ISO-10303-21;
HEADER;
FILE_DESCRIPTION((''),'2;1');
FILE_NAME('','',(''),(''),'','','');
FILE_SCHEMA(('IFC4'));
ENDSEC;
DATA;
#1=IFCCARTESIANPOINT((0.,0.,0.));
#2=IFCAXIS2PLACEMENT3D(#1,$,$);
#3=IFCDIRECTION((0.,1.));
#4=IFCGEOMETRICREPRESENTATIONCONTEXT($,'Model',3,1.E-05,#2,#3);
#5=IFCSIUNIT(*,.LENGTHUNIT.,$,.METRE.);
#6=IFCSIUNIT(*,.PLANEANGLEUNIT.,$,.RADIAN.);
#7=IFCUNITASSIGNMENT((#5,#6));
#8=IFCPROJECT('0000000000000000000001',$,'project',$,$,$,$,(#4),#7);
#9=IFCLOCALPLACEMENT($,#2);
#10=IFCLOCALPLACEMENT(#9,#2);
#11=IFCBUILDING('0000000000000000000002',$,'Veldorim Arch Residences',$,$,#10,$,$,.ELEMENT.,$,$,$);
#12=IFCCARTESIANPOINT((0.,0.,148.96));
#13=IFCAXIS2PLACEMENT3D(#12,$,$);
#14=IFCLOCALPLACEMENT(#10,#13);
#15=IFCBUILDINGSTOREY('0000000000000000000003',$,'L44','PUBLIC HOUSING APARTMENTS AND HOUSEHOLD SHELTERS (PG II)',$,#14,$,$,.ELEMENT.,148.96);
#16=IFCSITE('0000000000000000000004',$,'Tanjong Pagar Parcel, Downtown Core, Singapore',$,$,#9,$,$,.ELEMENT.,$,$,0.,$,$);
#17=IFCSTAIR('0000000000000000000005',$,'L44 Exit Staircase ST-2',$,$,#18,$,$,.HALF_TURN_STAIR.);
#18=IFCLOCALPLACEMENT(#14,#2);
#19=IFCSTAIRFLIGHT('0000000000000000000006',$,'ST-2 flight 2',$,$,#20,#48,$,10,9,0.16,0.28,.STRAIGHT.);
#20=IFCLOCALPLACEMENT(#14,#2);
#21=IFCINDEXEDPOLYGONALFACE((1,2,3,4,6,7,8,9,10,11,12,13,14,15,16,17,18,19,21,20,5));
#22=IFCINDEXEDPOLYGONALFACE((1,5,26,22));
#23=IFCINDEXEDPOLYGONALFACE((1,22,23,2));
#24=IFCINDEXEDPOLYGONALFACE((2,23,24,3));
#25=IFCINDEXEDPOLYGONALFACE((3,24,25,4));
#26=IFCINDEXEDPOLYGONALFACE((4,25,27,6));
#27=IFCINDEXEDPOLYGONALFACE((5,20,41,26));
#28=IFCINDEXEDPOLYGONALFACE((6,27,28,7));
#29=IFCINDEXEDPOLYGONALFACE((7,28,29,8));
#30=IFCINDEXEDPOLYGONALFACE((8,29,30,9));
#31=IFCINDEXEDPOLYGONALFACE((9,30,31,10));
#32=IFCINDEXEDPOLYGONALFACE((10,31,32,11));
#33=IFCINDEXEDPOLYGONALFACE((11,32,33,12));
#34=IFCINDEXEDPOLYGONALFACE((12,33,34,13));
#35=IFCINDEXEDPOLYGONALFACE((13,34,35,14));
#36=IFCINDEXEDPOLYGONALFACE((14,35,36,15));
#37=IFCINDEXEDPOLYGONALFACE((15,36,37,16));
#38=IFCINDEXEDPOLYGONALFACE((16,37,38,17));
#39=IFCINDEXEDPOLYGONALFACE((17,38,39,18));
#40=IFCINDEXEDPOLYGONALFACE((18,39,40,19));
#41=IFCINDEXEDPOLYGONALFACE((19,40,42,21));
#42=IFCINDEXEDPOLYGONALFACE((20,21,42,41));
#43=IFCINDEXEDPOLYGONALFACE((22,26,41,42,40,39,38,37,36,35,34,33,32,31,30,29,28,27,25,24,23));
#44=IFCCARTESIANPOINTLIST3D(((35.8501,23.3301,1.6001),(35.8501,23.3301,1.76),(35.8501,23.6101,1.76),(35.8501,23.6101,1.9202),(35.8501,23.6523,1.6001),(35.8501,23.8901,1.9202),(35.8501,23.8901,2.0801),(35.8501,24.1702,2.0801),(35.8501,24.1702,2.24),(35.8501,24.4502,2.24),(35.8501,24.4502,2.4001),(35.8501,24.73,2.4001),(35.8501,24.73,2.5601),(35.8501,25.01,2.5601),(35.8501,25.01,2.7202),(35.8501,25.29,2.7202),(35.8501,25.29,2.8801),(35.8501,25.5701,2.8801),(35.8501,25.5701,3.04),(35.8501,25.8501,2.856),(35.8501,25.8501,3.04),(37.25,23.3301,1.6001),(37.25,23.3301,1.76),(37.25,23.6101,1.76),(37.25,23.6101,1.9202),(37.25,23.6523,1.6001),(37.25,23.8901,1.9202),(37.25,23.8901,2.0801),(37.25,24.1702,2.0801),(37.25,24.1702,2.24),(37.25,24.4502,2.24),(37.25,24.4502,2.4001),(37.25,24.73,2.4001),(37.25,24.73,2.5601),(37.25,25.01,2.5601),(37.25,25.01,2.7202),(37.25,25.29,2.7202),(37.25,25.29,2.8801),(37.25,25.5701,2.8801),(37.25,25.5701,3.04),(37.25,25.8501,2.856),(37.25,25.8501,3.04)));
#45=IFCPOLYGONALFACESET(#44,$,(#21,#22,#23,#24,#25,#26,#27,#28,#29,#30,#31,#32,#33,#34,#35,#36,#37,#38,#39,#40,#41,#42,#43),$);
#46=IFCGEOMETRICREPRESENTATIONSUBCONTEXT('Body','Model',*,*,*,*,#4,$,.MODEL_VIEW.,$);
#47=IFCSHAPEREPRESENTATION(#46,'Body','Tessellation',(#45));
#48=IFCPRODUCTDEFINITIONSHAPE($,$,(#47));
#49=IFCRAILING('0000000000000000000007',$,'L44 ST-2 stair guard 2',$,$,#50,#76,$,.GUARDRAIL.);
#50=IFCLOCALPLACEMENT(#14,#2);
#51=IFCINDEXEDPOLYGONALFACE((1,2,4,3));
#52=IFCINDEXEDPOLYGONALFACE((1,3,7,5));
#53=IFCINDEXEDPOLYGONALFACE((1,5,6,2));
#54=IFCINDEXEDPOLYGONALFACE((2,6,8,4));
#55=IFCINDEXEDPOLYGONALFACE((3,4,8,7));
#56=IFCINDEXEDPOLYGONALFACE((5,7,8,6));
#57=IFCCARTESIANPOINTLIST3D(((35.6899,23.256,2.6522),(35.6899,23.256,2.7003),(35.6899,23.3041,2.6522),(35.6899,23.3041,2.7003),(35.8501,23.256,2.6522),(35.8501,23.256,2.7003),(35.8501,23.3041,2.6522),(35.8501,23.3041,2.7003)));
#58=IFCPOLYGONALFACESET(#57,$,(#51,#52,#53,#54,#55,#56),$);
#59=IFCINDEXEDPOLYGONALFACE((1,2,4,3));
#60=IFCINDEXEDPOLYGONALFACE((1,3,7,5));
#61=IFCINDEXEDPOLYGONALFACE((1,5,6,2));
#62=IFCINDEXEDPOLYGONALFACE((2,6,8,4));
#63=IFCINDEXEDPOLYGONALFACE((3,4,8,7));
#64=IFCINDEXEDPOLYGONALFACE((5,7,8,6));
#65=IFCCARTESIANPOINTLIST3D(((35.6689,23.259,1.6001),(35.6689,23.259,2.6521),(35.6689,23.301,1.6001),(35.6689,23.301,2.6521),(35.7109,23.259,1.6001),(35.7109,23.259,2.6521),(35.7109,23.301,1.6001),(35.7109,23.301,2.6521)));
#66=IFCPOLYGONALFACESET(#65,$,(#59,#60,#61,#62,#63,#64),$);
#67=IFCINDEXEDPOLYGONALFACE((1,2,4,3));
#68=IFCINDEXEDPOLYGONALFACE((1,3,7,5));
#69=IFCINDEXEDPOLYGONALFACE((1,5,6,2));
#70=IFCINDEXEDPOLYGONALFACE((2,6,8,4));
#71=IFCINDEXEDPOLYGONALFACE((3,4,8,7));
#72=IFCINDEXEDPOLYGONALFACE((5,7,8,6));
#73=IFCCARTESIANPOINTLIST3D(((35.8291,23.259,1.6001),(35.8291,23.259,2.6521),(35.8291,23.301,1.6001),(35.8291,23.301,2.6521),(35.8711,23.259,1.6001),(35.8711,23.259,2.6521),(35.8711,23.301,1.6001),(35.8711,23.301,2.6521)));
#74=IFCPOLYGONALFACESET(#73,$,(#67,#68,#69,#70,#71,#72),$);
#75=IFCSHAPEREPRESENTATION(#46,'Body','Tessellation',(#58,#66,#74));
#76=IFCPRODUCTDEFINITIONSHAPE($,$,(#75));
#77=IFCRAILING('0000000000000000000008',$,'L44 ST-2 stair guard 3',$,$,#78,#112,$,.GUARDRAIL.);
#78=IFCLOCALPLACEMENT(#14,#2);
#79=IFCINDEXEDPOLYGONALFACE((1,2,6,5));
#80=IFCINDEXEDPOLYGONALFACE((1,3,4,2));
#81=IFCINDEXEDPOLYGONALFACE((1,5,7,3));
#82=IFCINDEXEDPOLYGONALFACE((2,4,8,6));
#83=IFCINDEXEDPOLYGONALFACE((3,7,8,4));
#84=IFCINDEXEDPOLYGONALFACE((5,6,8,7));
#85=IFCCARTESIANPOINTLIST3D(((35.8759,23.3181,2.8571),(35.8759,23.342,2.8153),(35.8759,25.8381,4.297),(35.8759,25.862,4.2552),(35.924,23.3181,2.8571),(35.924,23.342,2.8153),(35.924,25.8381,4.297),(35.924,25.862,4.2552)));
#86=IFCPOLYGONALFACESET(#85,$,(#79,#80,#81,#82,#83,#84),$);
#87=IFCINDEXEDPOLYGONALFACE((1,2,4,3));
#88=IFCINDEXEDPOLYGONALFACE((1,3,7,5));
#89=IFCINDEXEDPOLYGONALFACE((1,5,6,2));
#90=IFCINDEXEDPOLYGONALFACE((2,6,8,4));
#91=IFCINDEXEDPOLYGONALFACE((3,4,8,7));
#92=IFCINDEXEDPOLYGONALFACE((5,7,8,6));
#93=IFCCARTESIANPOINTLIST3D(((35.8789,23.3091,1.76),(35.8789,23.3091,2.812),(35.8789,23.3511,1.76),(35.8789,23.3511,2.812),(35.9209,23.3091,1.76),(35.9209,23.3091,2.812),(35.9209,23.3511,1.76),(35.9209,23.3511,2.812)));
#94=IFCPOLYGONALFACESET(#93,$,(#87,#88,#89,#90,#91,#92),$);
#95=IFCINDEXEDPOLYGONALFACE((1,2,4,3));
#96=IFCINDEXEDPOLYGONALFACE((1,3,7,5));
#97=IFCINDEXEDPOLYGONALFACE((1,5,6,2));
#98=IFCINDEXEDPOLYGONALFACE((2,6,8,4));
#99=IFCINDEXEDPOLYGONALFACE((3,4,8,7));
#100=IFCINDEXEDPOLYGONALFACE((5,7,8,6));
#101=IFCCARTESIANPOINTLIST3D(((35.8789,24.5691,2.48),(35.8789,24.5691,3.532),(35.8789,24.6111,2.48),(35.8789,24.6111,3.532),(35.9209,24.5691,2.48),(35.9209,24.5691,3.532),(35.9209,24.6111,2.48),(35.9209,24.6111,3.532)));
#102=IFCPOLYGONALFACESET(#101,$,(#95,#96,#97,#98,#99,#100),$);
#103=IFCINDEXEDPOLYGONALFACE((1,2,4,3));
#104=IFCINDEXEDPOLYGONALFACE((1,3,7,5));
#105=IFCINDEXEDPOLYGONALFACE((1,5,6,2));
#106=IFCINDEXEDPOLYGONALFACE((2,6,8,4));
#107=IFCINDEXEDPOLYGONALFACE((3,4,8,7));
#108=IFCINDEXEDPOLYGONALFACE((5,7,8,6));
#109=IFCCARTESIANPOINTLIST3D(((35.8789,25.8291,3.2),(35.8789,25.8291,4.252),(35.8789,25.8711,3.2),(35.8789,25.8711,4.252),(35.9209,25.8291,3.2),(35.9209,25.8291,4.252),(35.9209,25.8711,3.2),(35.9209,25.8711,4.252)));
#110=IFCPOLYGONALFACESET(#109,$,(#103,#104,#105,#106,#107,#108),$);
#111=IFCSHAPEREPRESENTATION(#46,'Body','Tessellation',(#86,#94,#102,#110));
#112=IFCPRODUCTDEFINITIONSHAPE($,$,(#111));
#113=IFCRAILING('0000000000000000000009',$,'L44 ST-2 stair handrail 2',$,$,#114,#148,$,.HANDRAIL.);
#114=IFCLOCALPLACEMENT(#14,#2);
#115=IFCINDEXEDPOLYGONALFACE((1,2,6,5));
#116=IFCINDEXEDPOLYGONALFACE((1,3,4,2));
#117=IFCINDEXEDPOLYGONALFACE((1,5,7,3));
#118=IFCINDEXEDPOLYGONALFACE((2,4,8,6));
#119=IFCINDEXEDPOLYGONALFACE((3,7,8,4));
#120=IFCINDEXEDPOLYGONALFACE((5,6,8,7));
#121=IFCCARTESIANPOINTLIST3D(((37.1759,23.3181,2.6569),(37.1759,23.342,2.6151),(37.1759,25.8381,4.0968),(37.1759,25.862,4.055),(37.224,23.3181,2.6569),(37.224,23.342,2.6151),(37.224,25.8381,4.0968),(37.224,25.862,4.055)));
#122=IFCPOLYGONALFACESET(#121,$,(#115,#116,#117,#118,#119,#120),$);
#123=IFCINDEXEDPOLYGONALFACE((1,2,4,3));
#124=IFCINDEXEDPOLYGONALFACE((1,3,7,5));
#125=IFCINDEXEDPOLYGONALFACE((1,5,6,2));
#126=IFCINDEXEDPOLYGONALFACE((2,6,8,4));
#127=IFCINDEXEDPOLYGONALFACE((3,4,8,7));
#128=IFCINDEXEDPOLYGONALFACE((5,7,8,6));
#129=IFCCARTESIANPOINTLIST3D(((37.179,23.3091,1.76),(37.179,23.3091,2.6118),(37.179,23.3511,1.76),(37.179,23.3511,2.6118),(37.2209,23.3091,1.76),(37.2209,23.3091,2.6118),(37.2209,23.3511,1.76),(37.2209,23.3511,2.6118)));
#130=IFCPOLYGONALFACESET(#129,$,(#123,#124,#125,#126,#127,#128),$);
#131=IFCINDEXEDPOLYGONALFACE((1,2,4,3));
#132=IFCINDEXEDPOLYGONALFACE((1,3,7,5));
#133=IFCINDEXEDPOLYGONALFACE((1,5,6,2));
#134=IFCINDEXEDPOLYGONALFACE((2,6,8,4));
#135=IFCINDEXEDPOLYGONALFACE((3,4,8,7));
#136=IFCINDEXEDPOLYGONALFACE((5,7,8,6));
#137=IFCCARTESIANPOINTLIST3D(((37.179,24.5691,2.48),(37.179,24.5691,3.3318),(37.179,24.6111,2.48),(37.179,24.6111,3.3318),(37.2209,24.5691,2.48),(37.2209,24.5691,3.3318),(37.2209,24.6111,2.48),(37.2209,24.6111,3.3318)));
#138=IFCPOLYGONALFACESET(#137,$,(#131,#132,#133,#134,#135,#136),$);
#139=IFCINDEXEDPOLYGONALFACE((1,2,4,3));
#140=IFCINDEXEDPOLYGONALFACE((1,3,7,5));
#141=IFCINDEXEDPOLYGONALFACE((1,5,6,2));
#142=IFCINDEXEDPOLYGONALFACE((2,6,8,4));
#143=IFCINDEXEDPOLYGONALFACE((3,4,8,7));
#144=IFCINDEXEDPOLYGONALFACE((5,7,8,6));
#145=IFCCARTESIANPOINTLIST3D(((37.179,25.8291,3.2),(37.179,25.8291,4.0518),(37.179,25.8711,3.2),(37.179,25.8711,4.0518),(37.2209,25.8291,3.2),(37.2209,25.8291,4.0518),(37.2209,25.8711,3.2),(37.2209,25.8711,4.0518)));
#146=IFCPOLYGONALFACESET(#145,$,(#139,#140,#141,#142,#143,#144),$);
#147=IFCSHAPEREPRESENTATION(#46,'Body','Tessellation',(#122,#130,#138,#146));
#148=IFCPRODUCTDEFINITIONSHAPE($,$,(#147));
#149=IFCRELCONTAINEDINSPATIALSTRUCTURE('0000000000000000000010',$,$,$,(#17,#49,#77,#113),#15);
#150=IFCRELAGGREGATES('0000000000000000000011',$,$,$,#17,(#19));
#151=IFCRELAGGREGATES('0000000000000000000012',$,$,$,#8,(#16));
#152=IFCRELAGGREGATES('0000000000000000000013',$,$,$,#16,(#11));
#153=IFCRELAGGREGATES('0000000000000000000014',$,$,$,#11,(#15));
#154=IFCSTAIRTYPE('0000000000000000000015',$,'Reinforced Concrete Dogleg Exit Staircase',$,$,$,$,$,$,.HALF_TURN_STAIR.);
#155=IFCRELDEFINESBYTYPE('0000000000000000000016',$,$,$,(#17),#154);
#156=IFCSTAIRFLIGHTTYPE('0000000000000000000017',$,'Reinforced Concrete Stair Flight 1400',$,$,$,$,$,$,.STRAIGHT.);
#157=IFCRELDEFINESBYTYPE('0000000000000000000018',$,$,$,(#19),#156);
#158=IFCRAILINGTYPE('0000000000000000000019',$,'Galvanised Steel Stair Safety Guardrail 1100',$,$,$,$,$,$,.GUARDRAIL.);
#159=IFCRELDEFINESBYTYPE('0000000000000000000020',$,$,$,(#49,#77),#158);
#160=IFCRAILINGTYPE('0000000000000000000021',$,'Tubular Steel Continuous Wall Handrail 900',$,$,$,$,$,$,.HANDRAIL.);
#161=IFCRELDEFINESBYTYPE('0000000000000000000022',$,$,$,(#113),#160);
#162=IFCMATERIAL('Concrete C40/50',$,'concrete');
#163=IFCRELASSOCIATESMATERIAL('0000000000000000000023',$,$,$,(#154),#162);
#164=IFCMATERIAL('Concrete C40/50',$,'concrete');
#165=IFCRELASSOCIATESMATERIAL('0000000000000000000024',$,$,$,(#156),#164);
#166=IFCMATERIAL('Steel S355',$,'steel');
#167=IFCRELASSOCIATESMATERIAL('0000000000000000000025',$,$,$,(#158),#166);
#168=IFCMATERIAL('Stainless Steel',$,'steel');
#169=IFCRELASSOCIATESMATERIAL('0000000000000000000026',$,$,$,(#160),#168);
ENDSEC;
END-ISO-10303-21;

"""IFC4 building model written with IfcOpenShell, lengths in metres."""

from ifc_helpers import new_model, si_unit, direction, frame, origin, origin_2d, place, context, subcontext, project, spatial, polyline, rectangle, outline, extrude, material, type_object, element, aggregate, save


model = new_model("IFC4")

# Units and contexts
model_context = context("Model", 3, precision=1e-05, world=origin(), true_north=direction((0.0, 1.0)))
body_context = subcontext(model_context, "Body", "Model", "MODEL_VIEW")
ifc_project = project(units=[si_unit("LENGTHUNIT", "METRE"), si_unit("PLANEANGLEUNIT", "RADIAN")], contexts=[model_context])

# Site, building, storey
site_placement = place(None, origin())
site = spatial("IfcSite", under=ifc_project, at=site_placement, Name="Tanjong Pagar Parcel, Downtown Core, Singapore", CompositionType="ELEMENT", RefElevation=0.0)
building_placement = place(site_placement, origin())
building = spatial("IfcBuilding", under=site, at=building_placement, Name="Veldorim Arch Residences", CompositionType="ELEMENT")
storey_placement = place(building_placement, frame((0.0, 0.0, 148.96)))
storey = spatial("IfcBuildingStorey", under=building, at=storey_placement, Name="L44", Description="PUBLIC HOUSING APARTMENTS AND HOUSEHOLD SHELTERS (PG II)", CompositionType="ELEMENT", Elevation=148.96)

# Stair, stair flight
ifc_material_1 = material(Name="Concrete C40/50", Category="concrete")
stair_type = type_object("IfcStairType", Name="Reinforced Concrete Dogleg Exit Staircase", PredefinedType="HALF_TURN_STAIR", material=ifc_material_1)
stair_placement = place(storey_placement, origin())
stair = element("IfcStair", 1, at=stair_placement, inside=storey, type_object=stair_type, Name="L44 Exit Staircase ST-2", PredefinedType="HALF_TURN_STAIR")
ifc_material_2 = material(Name="Concrete C40/50", Category="concrete")
stair_flight_type = type_object("IfcStairFlightType", Name="Reinforced Concrete Stair Flight 1400", PredefinedType="STRAIGHT", material=ifc_material_2)
stair_flight_placement = place(storey_placement, frame((36.55, 23.3301, 1.6001), z_axis=(0.0, 0.0, 1.0), x_axis=(0.0, 1.0, 0.0)))
stair_flight = element("IfcStairFlight", 2, at=stair_flight_placement, type_object=stair_flight_type, Name="ST-2 flight 2", NumberOfRisers=10, NumberOfTreads=9, PredefinedType="STRAIGHT", RiserHeight=0.16, TreadLength=0.28, context=body_context, shape_type="SweptSolid", body=[
    extrude(outline(polyline([(0.0, 0.0), (0.0, 0.1599), (0.28, 0.1599), (0.28, 0.3201), (0.5601, 0.3201), (0.5601, 0.48), (0.8401, 0.48), (0.8401, 0.6399), (1.1201, 0.6399), (1.1201, 0.8), (1.3999, 0.8), (1.3999, 0.96), (1.6799, 0.96), (1.6799, 1.1201), (1.96, 1.1201), (1.96, 1.28), (2.24, 1.28), (2.24, 1.4399), (2.52, 1.4399), (2.52, 1.6001), (2.52, 1.2559), (0.3223, 0.0), (0.0, 0.0)])), frame((0.0, 0.7, 0.0), z_axis=(0.0, -1.0, 0.0), x_axis=(1.0, 0.0, 0.0)), (0.0, 0.0, 1.0), 1.3999),
])
aggregate(stair, [stair_flight])

# Railings
ifc_material_3 = material(Name="Steel S355", Category="steel")
railing_type_1 = type_object("IfcRailingType", Name="Galvanised Steel Stair Safety Guardrail 1100", PredefinedType="GUARDRAIL", material=ifc_material_3)
railing_1_placement = place(storey_placement, frame((35.6899, 23.28, 1.6001)))
element("IfcRailing", 3, at=railing_1_placement, inside=storey, type_object=railing_type_1, Name="L44 ST-2 stair guard 2", PredefinedType="GUARDRAIL", context=body_context, shape_type="SweptSolid", body=[
    extrude(rectangle(XDim=0.0481, YDim=0.0481, at=origin_2d()), frame((0.0, 0.0, 1.0762), z_axis=(1.0, 0.0, 0.0), x_axis=(0.0, 1.0, 0.0)), (0.0, 0.0, 1.0), 0.1602),
    extrude(rectangle(XDim=0.042, YDim=0.042, at=origin_2d()), origin(), (0.0, 0.0, 1.0), 1.052),
    extrude(rectangle(XDim=0.042, YDim=0.042, at=origin_2d()), frame((0.1602, 0.0, 0.0)), (0.0, 0.0, 1.0), 1.052),
])
railing_2_placement = place(storey_placement, frame((35.8999, 23.3301, 1.76)))
element("IfcRailing", 4, at=railing_2_placement, inside=storey, type_object=railing_type_1, Name="L44 ST-2 stair guard 3", PredefinedType="GUARDRAIL", context=body_context, shape_type="SweptSolid", body=[
    extrude(rectangle(XDim=0.0481, YDim=0.0481, at=origin_2d()), frame((0.0, 0.0, 1.0762), z_axis=(0.0, 0.868253, 0.496121), x_axis=(-1.0, 0.0, 0.0)), (0.0, 0.0, 1.0), 2.9023),
    extrude(rectangle(XDim=0.042, YDim=0.042, at=origin_2d()), origin(), (0.0, 0.0, 1.0), 1.052),
    extrude(rectangle(XDim=0.042, YDim=0.042, at=origin_2d()), frame((0.0, 1.26, 0.72)), (0.0, 0.0, 1.0), 1.052),
    extrude(rectangle(XDim=0.042, YDim=0.042, at=origin_2d()), frame((0.0, 2.52, 1.4399)), (0.0, 0.0, 1.0), 1.052),
])
ifc_material_4 = material(Name="Stainless Steel", Category="steel")
railing_type_2 = type_object("IfcRailingType", Name="Tubular Steel Continuous Wall Handrail 900", PredefinedType="HANDRAIL", material=ifc_material_4)
railing_3_placement = place(storey_placement, frame((37.2, 23.3301, 1.76)))
element("IfcRailing", 5, at=railing_3_placement, inside=storey, type_object=railing_type_2, Name="L44 ST-2 stair handrail 2", PredefinedType="HANDRAIL", context=body_context, shape_type="SweptSolid", body=[
    extrude(rectangle(XDim=0.0481, YDim=0.0481, at=origin_2d()), frame((0.0, 0.0, 0.876), z_axis=(0.0, 0.868253, 0.496121), x_axis=(-1.0, 0.0, 0.0)), (0.0, 0.0, 1.0), 2.9023),
    extrude(rectangle(XDim=0.042, YDim=0.042, at=origin_2d()), origin(), (0.0, 0.0, 1.0), 0.8518),
    extrude(rectangle(XDim=0.042, YDim=0.042, at=origin_2d()), frame((0.0, 1.26, 0.72)), (0.0, 0.0, 1.0), 0.8518),
    extrude(rectangle(XDim=0.042, YDim=0.042, at=origin_2d()), frame((0.0, 2.52, 1.4399)), (0.0, 0.0, 1.0), 0.8518),
])

save(model, "model.ifc")
